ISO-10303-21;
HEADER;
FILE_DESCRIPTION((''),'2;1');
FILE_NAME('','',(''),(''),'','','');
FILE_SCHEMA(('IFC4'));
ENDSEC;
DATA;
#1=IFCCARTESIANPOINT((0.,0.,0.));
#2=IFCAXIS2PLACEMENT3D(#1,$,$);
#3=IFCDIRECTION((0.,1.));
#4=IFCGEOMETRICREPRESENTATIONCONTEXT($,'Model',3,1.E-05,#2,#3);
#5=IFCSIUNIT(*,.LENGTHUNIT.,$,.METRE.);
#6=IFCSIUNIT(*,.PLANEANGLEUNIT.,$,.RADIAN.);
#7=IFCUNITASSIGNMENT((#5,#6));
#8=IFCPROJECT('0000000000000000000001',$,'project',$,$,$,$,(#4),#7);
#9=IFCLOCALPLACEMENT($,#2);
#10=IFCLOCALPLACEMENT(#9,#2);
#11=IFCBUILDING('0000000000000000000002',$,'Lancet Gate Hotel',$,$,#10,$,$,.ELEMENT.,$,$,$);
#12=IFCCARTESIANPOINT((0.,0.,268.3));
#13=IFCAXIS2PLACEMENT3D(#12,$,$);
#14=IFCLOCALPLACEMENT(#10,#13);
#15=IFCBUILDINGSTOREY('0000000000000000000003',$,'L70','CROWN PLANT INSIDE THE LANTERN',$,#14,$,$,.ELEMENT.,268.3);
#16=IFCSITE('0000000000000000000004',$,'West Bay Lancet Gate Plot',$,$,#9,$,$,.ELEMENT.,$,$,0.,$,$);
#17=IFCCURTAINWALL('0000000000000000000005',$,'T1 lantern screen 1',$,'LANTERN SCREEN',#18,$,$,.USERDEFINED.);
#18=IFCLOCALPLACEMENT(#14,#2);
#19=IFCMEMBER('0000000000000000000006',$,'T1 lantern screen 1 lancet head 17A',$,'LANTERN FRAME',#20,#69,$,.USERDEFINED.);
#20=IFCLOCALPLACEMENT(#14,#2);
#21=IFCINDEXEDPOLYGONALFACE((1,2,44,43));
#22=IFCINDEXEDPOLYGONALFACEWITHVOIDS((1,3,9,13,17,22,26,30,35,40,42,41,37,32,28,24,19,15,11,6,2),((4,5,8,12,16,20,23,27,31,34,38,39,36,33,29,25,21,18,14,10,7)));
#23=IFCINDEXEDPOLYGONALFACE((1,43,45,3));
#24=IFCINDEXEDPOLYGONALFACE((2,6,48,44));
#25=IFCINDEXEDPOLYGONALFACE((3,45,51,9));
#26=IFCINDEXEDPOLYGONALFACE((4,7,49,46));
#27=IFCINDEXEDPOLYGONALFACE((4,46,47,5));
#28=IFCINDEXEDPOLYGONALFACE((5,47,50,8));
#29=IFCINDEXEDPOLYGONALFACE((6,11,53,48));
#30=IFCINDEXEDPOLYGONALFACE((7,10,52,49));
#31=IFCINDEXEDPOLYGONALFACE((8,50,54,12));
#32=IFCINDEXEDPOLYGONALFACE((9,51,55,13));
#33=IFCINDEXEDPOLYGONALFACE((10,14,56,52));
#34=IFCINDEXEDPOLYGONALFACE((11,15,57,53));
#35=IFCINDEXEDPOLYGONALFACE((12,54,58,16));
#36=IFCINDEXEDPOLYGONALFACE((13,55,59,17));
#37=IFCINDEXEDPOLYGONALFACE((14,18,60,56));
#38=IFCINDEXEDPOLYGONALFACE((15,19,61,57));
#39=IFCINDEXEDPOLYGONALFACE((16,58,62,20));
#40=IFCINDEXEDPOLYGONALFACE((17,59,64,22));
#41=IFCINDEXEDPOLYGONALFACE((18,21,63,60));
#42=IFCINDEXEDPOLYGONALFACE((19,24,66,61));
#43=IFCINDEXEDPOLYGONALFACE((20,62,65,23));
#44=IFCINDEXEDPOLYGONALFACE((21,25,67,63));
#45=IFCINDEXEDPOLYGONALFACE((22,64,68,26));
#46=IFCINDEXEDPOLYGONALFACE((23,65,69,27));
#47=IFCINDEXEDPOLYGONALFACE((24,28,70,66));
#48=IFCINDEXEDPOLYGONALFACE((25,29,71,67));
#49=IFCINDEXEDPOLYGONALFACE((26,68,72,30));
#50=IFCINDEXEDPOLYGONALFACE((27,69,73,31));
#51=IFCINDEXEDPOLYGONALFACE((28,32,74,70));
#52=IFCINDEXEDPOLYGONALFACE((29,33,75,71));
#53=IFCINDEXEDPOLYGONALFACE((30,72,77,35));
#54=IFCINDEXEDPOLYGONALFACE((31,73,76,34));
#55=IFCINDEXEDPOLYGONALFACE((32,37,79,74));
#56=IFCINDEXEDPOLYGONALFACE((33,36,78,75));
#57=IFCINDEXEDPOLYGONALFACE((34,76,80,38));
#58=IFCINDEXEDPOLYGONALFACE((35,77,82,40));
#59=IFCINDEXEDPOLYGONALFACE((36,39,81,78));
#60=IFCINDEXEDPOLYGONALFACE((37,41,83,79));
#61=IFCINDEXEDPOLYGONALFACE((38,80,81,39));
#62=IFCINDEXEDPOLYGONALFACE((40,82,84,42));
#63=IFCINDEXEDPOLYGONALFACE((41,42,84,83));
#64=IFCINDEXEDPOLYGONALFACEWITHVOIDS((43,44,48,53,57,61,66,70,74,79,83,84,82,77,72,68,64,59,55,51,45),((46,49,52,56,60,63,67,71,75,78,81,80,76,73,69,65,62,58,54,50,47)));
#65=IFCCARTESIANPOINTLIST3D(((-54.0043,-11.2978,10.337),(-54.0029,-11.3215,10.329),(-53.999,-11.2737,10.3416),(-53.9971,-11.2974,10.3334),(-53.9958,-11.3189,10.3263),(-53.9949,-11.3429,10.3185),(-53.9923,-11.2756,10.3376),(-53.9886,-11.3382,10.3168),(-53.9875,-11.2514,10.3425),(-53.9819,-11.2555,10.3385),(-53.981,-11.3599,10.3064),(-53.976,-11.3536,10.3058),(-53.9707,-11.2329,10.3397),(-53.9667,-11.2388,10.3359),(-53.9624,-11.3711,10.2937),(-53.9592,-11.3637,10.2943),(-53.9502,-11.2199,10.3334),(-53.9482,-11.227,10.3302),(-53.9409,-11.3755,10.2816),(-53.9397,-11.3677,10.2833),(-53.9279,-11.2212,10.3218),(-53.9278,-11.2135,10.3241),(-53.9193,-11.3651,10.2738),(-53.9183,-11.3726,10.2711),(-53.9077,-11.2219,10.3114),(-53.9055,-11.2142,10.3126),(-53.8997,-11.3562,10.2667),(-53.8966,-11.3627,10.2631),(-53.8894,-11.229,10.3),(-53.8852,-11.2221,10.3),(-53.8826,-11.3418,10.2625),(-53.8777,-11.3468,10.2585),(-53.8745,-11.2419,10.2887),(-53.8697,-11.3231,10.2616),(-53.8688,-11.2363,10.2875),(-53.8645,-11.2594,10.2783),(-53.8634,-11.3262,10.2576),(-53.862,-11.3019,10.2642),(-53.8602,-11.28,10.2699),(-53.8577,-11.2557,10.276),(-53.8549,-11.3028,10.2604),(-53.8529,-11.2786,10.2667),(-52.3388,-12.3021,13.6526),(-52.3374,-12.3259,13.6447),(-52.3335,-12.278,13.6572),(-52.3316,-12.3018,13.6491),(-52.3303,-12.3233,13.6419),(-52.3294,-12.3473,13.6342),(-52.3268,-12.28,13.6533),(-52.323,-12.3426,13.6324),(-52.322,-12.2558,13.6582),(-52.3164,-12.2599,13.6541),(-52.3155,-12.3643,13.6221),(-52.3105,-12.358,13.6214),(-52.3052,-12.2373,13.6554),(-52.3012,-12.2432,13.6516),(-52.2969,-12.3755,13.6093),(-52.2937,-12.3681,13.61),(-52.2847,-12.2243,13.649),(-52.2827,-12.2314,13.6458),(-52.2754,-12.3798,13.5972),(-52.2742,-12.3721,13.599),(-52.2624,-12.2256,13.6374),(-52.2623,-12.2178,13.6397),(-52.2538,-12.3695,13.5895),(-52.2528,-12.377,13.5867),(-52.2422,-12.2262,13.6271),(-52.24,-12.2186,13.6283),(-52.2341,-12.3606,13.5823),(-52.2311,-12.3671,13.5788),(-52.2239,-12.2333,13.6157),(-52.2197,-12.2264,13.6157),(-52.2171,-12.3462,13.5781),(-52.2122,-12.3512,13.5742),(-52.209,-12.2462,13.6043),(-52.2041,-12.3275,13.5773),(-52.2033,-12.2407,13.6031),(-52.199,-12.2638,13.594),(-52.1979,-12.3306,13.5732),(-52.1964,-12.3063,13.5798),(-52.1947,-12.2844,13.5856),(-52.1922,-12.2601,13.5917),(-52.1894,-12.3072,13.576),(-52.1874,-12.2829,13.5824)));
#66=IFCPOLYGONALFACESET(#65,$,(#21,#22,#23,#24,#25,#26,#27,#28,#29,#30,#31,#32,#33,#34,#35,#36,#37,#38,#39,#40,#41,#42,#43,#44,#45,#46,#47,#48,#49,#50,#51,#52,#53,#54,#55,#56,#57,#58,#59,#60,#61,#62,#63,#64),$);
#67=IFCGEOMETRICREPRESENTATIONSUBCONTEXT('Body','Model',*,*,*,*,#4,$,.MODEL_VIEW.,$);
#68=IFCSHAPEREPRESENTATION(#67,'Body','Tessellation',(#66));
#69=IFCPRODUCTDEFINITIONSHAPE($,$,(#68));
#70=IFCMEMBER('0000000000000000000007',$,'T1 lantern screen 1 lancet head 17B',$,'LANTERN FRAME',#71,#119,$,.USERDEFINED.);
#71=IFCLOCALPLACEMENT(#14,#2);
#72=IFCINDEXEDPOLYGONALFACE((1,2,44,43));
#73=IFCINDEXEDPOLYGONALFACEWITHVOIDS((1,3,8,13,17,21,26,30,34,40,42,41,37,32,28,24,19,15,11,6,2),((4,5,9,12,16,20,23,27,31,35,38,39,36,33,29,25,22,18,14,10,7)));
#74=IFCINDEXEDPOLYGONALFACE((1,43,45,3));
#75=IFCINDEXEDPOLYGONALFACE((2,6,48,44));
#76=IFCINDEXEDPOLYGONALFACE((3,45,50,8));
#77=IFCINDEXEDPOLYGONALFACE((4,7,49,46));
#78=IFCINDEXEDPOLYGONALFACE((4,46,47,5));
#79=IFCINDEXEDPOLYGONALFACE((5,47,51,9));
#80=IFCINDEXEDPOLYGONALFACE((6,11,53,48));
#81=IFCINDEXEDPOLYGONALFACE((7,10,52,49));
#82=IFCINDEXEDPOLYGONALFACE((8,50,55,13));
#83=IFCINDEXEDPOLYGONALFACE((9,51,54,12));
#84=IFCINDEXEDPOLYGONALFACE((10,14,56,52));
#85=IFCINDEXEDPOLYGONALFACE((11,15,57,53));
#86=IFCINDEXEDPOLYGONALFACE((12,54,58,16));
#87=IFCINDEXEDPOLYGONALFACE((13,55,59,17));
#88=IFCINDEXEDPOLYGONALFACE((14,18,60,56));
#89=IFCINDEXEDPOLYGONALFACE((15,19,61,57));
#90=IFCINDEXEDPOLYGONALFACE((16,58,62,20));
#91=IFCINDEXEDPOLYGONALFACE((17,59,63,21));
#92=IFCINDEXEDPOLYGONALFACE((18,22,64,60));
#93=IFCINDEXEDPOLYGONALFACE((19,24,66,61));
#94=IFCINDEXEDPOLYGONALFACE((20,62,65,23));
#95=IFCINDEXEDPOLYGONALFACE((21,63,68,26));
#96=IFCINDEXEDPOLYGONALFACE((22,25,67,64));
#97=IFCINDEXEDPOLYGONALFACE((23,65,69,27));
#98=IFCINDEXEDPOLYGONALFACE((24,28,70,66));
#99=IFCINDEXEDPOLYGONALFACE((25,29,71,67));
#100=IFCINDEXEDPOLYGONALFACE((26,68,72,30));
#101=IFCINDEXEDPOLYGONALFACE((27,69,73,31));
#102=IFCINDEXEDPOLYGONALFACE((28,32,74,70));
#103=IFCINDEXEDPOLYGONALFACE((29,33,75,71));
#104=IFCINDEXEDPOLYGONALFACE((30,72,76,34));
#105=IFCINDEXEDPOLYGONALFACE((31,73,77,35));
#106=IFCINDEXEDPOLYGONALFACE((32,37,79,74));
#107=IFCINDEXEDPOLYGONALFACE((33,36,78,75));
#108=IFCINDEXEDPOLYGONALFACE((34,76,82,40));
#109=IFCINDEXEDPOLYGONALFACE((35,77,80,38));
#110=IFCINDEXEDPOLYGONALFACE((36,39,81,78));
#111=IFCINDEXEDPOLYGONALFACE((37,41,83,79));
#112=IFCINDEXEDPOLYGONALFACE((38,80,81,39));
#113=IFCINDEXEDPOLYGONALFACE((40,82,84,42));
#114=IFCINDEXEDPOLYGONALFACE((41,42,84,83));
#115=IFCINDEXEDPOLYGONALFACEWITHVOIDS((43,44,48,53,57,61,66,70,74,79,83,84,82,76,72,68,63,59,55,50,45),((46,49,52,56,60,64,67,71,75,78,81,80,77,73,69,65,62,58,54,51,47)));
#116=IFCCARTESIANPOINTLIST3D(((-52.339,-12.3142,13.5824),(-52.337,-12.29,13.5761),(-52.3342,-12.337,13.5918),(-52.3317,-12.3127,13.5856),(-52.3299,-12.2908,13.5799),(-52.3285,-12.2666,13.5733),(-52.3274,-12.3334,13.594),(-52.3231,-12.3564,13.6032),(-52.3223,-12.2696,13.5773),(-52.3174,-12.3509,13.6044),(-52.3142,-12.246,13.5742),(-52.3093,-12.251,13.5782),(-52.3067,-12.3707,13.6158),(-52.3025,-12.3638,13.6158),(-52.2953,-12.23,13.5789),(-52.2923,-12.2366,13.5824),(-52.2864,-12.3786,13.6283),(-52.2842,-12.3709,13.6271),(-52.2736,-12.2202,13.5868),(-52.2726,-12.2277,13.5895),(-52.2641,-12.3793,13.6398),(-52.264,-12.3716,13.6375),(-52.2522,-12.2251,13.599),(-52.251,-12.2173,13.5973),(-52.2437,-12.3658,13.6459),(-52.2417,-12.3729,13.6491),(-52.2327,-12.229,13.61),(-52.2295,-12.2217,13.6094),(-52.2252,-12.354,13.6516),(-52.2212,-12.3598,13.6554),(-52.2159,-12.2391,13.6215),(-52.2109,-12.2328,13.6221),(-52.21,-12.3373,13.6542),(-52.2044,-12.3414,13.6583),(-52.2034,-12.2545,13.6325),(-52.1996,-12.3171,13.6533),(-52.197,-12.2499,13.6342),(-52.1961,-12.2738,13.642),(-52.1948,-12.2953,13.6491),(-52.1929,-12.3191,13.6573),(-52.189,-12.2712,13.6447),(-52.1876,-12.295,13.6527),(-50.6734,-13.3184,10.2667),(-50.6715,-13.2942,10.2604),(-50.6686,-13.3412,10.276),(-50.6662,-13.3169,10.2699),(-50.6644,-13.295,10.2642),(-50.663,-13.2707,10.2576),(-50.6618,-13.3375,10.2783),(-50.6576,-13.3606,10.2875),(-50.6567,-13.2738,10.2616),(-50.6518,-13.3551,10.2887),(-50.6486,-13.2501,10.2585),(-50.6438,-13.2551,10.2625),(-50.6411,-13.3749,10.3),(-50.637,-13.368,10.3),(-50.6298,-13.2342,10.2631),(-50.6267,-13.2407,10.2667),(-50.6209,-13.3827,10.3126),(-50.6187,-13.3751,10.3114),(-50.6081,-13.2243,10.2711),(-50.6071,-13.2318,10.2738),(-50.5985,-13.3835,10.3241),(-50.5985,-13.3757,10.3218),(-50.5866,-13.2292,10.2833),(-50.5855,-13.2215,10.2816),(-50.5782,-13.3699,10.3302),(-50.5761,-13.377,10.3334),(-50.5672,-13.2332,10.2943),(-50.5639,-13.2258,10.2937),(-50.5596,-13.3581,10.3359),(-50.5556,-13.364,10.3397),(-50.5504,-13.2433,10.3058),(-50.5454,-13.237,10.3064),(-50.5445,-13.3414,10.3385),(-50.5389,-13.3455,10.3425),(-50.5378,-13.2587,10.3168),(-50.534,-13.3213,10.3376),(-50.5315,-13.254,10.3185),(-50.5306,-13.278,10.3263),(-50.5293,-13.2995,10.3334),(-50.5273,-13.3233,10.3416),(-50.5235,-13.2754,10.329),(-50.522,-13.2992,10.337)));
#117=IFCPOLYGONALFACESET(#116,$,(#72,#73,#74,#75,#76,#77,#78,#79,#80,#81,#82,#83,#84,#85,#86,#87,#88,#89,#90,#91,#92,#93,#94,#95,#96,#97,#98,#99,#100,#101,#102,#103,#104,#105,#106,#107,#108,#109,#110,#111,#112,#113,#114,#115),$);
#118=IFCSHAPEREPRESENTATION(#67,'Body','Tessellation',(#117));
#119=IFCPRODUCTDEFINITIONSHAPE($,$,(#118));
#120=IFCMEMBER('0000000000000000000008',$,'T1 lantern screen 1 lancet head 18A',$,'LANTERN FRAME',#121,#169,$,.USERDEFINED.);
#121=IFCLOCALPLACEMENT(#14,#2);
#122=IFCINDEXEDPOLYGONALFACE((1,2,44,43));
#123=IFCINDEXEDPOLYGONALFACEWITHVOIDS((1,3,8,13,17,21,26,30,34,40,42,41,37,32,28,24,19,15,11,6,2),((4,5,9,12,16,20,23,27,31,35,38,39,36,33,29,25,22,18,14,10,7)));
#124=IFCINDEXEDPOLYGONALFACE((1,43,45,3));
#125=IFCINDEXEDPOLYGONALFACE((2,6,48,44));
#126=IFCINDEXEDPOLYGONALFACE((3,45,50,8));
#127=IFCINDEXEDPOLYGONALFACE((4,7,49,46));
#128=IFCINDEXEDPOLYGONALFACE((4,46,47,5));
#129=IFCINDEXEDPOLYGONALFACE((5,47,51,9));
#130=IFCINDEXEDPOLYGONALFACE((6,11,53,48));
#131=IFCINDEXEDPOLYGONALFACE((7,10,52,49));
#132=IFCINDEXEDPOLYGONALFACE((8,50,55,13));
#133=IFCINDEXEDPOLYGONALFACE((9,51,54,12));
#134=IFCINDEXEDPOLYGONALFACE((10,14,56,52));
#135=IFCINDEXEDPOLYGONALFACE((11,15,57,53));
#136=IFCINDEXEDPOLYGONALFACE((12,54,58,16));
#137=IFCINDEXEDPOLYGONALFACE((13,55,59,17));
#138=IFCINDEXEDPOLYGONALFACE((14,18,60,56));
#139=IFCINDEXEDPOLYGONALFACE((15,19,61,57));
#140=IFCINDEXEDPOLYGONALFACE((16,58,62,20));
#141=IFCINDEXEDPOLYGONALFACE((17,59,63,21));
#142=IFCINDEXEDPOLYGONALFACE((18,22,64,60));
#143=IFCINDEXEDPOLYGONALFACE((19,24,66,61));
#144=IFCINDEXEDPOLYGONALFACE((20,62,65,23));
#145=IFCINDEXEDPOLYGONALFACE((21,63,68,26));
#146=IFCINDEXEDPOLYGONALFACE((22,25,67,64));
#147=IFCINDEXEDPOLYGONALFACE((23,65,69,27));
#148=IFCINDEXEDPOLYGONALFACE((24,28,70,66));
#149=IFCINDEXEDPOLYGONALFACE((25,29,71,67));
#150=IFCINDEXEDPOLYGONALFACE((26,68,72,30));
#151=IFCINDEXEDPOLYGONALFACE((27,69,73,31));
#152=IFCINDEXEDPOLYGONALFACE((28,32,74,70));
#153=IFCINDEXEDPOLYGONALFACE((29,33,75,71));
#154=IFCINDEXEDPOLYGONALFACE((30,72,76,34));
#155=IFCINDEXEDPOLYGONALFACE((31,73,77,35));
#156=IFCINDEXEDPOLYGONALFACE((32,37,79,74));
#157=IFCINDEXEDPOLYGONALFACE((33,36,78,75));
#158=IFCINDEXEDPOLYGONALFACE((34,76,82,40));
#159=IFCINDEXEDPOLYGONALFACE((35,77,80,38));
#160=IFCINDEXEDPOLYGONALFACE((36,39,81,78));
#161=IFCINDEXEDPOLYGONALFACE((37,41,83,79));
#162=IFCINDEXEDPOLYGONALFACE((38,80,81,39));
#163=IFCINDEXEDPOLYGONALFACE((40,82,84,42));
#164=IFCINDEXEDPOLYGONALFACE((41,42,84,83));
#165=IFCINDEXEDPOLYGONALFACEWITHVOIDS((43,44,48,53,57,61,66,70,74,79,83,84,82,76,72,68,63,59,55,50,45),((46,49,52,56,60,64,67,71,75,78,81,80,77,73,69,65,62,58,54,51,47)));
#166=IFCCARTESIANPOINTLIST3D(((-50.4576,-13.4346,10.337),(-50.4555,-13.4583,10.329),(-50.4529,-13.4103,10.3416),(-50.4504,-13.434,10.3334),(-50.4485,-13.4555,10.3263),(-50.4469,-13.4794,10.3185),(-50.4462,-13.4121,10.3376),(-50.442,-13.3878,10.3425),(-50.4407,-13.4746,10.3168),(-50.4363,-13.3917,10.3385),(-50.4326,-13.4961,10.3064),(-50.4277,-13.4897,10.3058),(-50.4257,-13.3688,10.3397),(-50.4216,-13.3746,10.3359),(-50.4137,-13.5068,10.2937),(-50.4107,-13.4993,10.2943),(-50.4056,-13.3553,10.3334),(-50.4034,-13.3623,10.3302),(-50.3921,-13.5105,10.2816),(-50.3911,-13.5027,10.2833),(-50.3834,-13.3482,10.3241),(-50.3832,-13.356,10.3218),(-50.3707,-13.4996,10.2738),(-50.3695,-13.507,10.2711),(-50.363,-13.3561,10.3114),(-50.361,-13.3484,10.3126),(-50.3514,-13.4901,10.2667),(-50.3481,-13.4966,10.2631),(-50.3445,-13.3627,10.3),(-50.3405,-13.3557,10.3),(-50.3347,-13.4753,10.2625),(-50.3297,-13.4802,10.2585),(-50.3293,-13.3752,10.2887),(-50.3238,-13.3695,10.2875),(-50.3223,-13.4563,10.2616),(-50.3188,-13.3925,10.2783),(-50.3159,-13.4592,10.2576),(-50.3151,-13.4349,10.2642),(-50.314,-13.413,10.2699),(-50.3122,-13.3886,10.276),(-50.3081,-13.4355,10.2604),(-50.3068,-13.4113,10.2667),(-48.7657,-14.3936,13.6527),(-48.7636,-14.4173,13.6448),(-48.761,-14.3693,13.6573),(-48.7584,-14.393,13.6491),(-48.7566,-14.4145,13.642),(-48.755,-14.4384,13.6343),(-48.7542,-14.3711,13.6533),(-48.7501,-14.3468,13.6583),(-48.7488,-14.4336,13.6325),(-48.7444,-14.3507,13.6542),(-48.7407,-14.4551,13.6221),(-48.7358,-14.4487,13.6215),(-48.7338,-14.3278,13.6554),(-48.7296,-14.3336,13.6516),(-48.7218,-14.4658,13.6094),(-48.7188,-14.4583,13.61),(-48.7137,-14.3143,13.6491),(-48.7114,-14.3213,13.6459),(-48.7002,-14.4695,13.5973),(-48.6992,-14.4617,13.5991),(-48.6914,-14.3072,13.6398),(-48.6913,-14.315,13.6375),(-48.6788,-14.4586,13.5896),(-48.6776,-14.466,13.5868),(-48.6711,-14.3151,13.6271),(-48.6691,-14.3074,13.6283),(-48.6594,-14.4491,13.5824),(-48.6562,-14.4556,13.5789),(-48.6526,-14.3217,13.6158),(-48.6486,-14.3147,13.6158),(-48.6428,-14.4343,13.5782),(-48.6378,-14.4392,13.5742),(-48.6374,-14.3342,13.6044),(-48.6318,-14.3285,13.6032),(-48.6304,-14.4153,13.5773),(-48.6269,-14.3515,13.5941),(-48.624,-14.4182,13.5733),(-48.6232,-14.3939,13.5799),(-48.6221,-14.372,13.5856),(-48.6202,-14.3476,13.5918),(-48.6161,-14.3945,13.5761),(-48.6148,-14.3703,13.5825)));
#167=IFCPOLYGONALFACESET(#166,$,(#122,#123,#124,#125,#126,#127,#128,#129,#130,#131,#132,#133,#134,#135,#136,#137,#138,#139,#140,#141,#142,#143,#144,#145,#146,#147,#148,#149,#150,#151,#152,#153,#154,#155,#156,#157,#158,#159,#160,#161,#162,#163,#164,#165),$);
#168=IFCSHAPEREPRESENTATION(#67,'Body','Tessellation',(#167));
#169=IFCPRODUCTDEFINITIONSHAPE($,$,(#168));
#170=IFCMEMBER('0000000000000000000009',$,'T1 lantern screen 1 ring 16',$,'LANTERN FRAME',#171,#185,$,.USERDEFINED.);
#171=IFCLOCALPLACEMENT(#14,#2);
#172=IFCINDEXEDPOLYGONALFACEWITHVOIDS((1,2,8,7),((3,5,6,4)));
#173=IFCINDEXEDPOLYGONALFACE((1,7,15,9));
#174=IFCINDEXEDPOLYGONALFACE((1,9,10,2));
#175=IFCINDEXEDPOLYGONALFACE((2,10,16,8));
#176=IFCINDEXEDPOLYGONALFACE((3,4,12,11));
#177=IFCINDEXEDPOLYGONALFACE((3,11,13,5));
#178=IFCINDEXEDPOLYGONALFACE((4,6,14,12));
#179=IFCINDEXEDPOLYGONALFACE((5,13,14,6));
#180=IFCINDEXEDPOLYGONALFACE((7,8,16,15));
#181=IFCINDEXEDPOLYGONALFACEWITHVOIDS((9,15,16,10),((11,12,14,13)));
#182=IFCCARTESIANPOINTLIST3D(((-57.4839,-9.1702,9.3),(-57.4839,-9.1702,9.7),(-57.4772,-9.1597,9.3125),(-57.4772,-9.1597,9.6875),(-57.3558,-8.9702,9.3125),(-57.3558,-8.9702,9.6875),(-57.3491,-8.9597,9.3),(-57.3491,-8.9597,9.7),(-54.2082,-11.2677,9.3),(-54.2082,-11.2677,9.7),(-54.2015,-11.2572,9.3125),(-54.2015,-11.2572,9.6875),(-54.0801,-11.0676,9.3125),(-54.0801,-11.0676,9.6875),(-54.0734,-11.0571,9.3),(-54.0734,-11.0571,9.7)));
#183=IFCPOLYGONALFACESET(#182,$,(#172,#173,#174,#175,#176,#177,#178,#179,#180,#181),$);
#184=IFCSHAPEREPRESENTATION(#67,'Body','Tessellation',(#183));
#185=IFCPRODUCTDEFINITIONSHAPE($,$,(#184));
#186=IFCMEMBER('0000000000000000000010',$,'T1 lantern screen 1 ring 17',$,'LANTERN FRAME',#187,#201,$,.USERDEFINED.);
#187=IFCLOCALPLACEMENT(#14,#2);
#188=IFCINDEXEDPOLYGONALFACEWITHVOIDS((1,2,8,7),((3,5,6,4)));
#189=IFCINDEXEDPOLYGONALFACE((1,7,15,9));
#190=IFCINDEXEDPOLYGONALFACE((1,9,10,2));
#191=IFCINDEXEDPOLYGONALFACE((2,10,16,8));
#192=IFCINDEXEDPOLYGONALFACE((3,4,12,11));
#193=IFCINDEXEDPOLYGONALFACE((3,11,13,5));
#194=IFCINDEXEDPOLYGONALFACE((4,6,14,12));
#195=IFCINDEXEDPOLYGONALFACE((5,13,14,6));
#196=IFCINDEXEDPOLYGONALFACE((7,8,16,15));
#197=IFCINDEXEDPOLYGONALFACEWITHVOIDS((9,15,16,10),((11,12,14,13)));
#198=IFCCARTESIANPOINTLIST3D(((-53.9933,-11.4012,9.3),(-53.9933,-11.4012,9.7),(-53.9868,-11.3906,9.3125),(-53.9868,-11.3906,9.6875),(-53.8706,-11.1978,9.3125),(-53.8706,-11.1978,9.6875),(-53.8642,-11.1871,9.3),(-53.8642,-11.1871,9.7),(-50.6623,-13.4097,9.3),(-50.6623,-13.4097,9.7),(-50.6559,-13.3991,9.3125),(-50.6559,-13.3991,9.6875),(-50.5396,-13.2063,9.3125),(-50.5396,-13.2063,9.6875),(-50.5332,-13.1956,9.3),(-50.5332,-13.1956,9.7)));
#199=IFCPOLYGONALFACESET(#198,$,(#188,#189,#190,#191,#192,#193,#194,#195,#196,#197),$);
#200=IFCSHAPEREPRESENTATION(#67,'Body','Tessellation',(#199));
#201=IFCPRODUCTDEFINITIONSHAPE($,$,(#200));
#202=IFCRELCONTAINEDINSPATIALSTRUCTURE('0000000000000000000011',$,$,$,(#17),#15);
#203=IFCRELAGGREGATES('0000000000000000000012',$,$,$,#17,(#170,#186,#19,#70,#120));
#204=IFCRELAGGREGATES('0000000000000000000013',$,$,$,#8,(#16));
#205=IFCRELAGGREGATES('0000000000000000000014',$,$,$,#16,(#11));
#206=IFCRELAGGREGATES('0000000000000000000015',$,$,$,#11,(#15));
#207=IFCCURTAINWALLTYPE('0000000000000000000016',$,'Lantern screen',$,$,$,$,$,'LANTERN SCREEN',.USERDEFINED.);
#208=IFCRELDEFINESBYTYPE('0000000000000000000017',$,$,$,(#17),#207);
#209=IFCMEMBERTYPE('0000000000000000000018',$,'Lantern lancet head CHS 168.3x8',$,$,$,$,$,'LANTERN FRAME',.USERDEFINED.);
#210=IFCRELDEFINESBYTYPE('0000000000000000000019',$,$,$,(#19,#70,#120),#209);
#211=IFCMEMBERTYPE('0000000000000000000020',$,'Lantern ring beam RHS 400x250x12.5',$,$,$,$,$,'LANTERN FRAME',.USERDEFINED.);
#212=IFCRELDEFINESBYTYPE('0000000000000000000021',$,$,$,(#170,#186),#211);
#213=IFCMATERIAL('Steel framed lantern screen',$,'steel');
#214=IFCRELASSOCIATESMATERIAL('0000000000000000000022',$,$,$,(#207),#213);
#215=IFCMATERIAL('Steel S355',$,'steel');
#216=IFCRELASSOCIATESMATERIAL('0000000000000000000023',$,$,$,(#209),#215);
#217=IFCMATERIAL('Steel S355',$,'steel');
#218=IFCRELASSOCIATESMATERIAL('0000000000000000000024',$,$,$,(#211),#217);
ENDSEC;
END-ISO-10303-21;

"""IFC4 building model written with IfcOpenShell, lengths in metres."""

from ifc_helpers import new_model, si_unit, direction, frame, origin, origin_2d, place, context, subcontext, project, spatial, hollow_rectangle, hollow_circle, extrude, material, material_profile, profile_set, type_object, element, aggregate, save


model = new_model("IFC4")

# Units and contexts
model_context = context("Model", 3, precision=1e-05, world=origin(), true_north=direction((0.0, 1.0)))
body_context = subcontext(model_context, "Body", "Model", "MODEL_VIEW")
ifc_project = project(units=[si_unit("LENGTHUNIT", "METRE"), si_unit("PLANEANGLEUNIT", "RADIAN")], contexts=[model_context])

# Site, building, storey
site_placement = place(None, origin())
site = spatial("IfcSite", under=ifc_project, at=site_placement, Name="West Bay Lancet Gate Plot", CompositionType="ELEMENT", RefElevation=0.0)
building_placement = place(site_placement, origin())
building = spatial("IfcBuilding", under=site, at=building_placement, Name="Lancet Gate Hotel", CompositionType="ELEMENT")
storey_placement = place(building_placement, frame((0.0, 0.0, 268.3)))
storey = spatial("IfcBuildingStorey", under=building, at=storey_placement, Name="L70", Description="CROWN PLANT INSIDE THE LANTERN", CompositionType="ELEMENT", Elevation=268.3)

# Curtain wall, members
ifc_material_1 = material(Name="Steel framed lantern screen", Category="steel")
curtain_wall_type_1 = type_object("IfcCurtainWallType", Name="Lantern screen", ElementType="LANTERN SCREEN", PredefinedType="USERDEFINED", material=ifc_material_1)
curtain_wall_1_placement = place(storey_placement, origin())
curtain_wall_1 = element("IfcCurtainWall", 1, at=curtain_wall_1_placement, inside=storey, type_object=curtain_wall_type_1, Name="T1 lantern screen 1", ObjectType="LANTERN SCREEN", PredefinedType="USERDEFINED")
ifc_material_2 = material(Name="Steel S355", Category="steel")
ifc_material_profile_1 = material_profile(ifc_material_2, hollow_circle(Radius=0.0842, WallThickness=0.0081, at=origin_2d()), Name="CHS 168.3x8.0")
ifc_profile_set_1 = profile_set([ifc_material_profile_1], Name="Steel S355")
member_type_1 = type_object("IfcMemberType", Name="Lantern lancet head CHS 168.3x8", ElementType="LANTERN FRAME", PredefinedType="USERDEFINED", material=ifc_profile_set_1)
member_1_placement = place(storey_placement, frame((-53.9287, -11.2942, 10.3), z_axis=(0.433278, -0.261288, 0.862554), x_axis=(0.516414, 0.856339, 0.0)))
member_1 = element("IfcMember", 2, at=member_1_placement, type_object=member_type_1, Name="T1 lantern screen 1 lancet head 17A", ObjectType="LANTERN FRAME", PredefinedType="USERDEFINED", context=body_context, shape_type="SweptSolid", body=[
    extrude(hollow_circle(Radius=0.0842, WallThickness=0.0081, at=origin_2d()), origin(), (0.0, 0.0, 1.0), 3.844),
])
member_2_placement = place(storey_placement, frame((-50.5977, -13.3027, 10.3), z_axis=(-0.433285, 0.261228, 0.862568), x_axis=(-0.516322, -0.856394, 0.0)))
member_2 = element("IfcMember", 3, at=member_2_placement, type_object=member_type_1, Name="T1 lantern screen 1 lancet head 17B", ObjectType="LANTERN FRAME", PredefinedType="USERDEFINED", context=body_context, shape_type="SweptSolid", body=[
    extrude(hollow_circle(Radius=0.0842, WallThickness=0.0081, at=origin_2d()), origin(), (0.0, 0.0, 1.0), 3.844),
])
member_3_placement = place(storey_placement, frame((-50.3821, -13.429, 10.3), z_axis=(0.440146, -0.24948, 0.862572), x_axis=(0.493108, 0.869968, 0.0)))
member_3 = element("IfcMember", 4, at=member_3_placement, type_object=member_type_1, Name="T1 lantern screen 1 lancet head 18A", ObjectType="LANTERN FRAME", PredefinedType="USERDEFINED", context=body_context, shape_type="SweptSolid", body=[
    extrude(hollow_circle(Radius=0.0842, WallThickness=0.0081, at=origin_2d()), origin(), (0.0, 0.0, 1.0), 3.844),
])
ifc_material_3 = material(Name="Steel S355", Category="steel")
ifc_material_profile_2 = material_profile(ifc_material_3, hollow_rectangle(XDim=0.25, YDim=0.3999, WallThickness=0.0125, at=origin_2d()), Name="RHS 400x250x12.5")
ifc_profile_set_2 = profile_set([ifc_material_profile_2], Name="Steel S355")
member_type_2 = type_object("IfcMemberType", Name="Lantern ring beam RHS 400x250x12.5", ElementType="LANTERN FRAME", PredefinedType="USERDEFINED", material=ifc_profile_set_2)
member_4_placement = place(storey_placement, frame((-57.4165, -9.0649, 9.5), z_axis=(0.842154, -0.539237, 0.0), x_axis=(0.539237, 0.842154, 0.0)))
member_4 = element("IfcMember", 5, at=member_4_placement, type_object=member_type_2, Name="T1 lantern screen 1 ring 16", ObjectType="LANTERN FRAME", PredefinedType="USERDEFINED", context=body_context, shape_type="SweptSolid", body=[
    extrude(hollow_rectangle(XDim=0.25, YDim=0.3999, WallThickness=0.0125, at=origin_2d()), origin(), (0.0, 0.0, 1.0), 3.8896),
])
member_5_placement = place(storey_placement, frame((-53.9287, -11.2942, 9.5), z_axis=(0.856367, -0.516368, 0.0), x_axis=(0.516368, 0.856367, 0.0)))
member_5 = element("IfcMember", 6, at=member_5_placement, type_object=member_type_2, Name="T1 lantern screen 1 ring 17", ObjectType="LANTERN FRAME", PredefinedType="USERDEFINED", context=body_context, shape_type="SweptSolid", body=[
    extrude(hollow_rectangle(XDim=0.25, YDim=0.3999, WallThickness=0.0125, at=origin_2d()), origin(), (0.0, 0.0, 1.0), 3.8896),
])

aggregate(curtain_wall_1, [member_4, member_5, member_1, member_2, member_3])

save(model, "model.ifc")
